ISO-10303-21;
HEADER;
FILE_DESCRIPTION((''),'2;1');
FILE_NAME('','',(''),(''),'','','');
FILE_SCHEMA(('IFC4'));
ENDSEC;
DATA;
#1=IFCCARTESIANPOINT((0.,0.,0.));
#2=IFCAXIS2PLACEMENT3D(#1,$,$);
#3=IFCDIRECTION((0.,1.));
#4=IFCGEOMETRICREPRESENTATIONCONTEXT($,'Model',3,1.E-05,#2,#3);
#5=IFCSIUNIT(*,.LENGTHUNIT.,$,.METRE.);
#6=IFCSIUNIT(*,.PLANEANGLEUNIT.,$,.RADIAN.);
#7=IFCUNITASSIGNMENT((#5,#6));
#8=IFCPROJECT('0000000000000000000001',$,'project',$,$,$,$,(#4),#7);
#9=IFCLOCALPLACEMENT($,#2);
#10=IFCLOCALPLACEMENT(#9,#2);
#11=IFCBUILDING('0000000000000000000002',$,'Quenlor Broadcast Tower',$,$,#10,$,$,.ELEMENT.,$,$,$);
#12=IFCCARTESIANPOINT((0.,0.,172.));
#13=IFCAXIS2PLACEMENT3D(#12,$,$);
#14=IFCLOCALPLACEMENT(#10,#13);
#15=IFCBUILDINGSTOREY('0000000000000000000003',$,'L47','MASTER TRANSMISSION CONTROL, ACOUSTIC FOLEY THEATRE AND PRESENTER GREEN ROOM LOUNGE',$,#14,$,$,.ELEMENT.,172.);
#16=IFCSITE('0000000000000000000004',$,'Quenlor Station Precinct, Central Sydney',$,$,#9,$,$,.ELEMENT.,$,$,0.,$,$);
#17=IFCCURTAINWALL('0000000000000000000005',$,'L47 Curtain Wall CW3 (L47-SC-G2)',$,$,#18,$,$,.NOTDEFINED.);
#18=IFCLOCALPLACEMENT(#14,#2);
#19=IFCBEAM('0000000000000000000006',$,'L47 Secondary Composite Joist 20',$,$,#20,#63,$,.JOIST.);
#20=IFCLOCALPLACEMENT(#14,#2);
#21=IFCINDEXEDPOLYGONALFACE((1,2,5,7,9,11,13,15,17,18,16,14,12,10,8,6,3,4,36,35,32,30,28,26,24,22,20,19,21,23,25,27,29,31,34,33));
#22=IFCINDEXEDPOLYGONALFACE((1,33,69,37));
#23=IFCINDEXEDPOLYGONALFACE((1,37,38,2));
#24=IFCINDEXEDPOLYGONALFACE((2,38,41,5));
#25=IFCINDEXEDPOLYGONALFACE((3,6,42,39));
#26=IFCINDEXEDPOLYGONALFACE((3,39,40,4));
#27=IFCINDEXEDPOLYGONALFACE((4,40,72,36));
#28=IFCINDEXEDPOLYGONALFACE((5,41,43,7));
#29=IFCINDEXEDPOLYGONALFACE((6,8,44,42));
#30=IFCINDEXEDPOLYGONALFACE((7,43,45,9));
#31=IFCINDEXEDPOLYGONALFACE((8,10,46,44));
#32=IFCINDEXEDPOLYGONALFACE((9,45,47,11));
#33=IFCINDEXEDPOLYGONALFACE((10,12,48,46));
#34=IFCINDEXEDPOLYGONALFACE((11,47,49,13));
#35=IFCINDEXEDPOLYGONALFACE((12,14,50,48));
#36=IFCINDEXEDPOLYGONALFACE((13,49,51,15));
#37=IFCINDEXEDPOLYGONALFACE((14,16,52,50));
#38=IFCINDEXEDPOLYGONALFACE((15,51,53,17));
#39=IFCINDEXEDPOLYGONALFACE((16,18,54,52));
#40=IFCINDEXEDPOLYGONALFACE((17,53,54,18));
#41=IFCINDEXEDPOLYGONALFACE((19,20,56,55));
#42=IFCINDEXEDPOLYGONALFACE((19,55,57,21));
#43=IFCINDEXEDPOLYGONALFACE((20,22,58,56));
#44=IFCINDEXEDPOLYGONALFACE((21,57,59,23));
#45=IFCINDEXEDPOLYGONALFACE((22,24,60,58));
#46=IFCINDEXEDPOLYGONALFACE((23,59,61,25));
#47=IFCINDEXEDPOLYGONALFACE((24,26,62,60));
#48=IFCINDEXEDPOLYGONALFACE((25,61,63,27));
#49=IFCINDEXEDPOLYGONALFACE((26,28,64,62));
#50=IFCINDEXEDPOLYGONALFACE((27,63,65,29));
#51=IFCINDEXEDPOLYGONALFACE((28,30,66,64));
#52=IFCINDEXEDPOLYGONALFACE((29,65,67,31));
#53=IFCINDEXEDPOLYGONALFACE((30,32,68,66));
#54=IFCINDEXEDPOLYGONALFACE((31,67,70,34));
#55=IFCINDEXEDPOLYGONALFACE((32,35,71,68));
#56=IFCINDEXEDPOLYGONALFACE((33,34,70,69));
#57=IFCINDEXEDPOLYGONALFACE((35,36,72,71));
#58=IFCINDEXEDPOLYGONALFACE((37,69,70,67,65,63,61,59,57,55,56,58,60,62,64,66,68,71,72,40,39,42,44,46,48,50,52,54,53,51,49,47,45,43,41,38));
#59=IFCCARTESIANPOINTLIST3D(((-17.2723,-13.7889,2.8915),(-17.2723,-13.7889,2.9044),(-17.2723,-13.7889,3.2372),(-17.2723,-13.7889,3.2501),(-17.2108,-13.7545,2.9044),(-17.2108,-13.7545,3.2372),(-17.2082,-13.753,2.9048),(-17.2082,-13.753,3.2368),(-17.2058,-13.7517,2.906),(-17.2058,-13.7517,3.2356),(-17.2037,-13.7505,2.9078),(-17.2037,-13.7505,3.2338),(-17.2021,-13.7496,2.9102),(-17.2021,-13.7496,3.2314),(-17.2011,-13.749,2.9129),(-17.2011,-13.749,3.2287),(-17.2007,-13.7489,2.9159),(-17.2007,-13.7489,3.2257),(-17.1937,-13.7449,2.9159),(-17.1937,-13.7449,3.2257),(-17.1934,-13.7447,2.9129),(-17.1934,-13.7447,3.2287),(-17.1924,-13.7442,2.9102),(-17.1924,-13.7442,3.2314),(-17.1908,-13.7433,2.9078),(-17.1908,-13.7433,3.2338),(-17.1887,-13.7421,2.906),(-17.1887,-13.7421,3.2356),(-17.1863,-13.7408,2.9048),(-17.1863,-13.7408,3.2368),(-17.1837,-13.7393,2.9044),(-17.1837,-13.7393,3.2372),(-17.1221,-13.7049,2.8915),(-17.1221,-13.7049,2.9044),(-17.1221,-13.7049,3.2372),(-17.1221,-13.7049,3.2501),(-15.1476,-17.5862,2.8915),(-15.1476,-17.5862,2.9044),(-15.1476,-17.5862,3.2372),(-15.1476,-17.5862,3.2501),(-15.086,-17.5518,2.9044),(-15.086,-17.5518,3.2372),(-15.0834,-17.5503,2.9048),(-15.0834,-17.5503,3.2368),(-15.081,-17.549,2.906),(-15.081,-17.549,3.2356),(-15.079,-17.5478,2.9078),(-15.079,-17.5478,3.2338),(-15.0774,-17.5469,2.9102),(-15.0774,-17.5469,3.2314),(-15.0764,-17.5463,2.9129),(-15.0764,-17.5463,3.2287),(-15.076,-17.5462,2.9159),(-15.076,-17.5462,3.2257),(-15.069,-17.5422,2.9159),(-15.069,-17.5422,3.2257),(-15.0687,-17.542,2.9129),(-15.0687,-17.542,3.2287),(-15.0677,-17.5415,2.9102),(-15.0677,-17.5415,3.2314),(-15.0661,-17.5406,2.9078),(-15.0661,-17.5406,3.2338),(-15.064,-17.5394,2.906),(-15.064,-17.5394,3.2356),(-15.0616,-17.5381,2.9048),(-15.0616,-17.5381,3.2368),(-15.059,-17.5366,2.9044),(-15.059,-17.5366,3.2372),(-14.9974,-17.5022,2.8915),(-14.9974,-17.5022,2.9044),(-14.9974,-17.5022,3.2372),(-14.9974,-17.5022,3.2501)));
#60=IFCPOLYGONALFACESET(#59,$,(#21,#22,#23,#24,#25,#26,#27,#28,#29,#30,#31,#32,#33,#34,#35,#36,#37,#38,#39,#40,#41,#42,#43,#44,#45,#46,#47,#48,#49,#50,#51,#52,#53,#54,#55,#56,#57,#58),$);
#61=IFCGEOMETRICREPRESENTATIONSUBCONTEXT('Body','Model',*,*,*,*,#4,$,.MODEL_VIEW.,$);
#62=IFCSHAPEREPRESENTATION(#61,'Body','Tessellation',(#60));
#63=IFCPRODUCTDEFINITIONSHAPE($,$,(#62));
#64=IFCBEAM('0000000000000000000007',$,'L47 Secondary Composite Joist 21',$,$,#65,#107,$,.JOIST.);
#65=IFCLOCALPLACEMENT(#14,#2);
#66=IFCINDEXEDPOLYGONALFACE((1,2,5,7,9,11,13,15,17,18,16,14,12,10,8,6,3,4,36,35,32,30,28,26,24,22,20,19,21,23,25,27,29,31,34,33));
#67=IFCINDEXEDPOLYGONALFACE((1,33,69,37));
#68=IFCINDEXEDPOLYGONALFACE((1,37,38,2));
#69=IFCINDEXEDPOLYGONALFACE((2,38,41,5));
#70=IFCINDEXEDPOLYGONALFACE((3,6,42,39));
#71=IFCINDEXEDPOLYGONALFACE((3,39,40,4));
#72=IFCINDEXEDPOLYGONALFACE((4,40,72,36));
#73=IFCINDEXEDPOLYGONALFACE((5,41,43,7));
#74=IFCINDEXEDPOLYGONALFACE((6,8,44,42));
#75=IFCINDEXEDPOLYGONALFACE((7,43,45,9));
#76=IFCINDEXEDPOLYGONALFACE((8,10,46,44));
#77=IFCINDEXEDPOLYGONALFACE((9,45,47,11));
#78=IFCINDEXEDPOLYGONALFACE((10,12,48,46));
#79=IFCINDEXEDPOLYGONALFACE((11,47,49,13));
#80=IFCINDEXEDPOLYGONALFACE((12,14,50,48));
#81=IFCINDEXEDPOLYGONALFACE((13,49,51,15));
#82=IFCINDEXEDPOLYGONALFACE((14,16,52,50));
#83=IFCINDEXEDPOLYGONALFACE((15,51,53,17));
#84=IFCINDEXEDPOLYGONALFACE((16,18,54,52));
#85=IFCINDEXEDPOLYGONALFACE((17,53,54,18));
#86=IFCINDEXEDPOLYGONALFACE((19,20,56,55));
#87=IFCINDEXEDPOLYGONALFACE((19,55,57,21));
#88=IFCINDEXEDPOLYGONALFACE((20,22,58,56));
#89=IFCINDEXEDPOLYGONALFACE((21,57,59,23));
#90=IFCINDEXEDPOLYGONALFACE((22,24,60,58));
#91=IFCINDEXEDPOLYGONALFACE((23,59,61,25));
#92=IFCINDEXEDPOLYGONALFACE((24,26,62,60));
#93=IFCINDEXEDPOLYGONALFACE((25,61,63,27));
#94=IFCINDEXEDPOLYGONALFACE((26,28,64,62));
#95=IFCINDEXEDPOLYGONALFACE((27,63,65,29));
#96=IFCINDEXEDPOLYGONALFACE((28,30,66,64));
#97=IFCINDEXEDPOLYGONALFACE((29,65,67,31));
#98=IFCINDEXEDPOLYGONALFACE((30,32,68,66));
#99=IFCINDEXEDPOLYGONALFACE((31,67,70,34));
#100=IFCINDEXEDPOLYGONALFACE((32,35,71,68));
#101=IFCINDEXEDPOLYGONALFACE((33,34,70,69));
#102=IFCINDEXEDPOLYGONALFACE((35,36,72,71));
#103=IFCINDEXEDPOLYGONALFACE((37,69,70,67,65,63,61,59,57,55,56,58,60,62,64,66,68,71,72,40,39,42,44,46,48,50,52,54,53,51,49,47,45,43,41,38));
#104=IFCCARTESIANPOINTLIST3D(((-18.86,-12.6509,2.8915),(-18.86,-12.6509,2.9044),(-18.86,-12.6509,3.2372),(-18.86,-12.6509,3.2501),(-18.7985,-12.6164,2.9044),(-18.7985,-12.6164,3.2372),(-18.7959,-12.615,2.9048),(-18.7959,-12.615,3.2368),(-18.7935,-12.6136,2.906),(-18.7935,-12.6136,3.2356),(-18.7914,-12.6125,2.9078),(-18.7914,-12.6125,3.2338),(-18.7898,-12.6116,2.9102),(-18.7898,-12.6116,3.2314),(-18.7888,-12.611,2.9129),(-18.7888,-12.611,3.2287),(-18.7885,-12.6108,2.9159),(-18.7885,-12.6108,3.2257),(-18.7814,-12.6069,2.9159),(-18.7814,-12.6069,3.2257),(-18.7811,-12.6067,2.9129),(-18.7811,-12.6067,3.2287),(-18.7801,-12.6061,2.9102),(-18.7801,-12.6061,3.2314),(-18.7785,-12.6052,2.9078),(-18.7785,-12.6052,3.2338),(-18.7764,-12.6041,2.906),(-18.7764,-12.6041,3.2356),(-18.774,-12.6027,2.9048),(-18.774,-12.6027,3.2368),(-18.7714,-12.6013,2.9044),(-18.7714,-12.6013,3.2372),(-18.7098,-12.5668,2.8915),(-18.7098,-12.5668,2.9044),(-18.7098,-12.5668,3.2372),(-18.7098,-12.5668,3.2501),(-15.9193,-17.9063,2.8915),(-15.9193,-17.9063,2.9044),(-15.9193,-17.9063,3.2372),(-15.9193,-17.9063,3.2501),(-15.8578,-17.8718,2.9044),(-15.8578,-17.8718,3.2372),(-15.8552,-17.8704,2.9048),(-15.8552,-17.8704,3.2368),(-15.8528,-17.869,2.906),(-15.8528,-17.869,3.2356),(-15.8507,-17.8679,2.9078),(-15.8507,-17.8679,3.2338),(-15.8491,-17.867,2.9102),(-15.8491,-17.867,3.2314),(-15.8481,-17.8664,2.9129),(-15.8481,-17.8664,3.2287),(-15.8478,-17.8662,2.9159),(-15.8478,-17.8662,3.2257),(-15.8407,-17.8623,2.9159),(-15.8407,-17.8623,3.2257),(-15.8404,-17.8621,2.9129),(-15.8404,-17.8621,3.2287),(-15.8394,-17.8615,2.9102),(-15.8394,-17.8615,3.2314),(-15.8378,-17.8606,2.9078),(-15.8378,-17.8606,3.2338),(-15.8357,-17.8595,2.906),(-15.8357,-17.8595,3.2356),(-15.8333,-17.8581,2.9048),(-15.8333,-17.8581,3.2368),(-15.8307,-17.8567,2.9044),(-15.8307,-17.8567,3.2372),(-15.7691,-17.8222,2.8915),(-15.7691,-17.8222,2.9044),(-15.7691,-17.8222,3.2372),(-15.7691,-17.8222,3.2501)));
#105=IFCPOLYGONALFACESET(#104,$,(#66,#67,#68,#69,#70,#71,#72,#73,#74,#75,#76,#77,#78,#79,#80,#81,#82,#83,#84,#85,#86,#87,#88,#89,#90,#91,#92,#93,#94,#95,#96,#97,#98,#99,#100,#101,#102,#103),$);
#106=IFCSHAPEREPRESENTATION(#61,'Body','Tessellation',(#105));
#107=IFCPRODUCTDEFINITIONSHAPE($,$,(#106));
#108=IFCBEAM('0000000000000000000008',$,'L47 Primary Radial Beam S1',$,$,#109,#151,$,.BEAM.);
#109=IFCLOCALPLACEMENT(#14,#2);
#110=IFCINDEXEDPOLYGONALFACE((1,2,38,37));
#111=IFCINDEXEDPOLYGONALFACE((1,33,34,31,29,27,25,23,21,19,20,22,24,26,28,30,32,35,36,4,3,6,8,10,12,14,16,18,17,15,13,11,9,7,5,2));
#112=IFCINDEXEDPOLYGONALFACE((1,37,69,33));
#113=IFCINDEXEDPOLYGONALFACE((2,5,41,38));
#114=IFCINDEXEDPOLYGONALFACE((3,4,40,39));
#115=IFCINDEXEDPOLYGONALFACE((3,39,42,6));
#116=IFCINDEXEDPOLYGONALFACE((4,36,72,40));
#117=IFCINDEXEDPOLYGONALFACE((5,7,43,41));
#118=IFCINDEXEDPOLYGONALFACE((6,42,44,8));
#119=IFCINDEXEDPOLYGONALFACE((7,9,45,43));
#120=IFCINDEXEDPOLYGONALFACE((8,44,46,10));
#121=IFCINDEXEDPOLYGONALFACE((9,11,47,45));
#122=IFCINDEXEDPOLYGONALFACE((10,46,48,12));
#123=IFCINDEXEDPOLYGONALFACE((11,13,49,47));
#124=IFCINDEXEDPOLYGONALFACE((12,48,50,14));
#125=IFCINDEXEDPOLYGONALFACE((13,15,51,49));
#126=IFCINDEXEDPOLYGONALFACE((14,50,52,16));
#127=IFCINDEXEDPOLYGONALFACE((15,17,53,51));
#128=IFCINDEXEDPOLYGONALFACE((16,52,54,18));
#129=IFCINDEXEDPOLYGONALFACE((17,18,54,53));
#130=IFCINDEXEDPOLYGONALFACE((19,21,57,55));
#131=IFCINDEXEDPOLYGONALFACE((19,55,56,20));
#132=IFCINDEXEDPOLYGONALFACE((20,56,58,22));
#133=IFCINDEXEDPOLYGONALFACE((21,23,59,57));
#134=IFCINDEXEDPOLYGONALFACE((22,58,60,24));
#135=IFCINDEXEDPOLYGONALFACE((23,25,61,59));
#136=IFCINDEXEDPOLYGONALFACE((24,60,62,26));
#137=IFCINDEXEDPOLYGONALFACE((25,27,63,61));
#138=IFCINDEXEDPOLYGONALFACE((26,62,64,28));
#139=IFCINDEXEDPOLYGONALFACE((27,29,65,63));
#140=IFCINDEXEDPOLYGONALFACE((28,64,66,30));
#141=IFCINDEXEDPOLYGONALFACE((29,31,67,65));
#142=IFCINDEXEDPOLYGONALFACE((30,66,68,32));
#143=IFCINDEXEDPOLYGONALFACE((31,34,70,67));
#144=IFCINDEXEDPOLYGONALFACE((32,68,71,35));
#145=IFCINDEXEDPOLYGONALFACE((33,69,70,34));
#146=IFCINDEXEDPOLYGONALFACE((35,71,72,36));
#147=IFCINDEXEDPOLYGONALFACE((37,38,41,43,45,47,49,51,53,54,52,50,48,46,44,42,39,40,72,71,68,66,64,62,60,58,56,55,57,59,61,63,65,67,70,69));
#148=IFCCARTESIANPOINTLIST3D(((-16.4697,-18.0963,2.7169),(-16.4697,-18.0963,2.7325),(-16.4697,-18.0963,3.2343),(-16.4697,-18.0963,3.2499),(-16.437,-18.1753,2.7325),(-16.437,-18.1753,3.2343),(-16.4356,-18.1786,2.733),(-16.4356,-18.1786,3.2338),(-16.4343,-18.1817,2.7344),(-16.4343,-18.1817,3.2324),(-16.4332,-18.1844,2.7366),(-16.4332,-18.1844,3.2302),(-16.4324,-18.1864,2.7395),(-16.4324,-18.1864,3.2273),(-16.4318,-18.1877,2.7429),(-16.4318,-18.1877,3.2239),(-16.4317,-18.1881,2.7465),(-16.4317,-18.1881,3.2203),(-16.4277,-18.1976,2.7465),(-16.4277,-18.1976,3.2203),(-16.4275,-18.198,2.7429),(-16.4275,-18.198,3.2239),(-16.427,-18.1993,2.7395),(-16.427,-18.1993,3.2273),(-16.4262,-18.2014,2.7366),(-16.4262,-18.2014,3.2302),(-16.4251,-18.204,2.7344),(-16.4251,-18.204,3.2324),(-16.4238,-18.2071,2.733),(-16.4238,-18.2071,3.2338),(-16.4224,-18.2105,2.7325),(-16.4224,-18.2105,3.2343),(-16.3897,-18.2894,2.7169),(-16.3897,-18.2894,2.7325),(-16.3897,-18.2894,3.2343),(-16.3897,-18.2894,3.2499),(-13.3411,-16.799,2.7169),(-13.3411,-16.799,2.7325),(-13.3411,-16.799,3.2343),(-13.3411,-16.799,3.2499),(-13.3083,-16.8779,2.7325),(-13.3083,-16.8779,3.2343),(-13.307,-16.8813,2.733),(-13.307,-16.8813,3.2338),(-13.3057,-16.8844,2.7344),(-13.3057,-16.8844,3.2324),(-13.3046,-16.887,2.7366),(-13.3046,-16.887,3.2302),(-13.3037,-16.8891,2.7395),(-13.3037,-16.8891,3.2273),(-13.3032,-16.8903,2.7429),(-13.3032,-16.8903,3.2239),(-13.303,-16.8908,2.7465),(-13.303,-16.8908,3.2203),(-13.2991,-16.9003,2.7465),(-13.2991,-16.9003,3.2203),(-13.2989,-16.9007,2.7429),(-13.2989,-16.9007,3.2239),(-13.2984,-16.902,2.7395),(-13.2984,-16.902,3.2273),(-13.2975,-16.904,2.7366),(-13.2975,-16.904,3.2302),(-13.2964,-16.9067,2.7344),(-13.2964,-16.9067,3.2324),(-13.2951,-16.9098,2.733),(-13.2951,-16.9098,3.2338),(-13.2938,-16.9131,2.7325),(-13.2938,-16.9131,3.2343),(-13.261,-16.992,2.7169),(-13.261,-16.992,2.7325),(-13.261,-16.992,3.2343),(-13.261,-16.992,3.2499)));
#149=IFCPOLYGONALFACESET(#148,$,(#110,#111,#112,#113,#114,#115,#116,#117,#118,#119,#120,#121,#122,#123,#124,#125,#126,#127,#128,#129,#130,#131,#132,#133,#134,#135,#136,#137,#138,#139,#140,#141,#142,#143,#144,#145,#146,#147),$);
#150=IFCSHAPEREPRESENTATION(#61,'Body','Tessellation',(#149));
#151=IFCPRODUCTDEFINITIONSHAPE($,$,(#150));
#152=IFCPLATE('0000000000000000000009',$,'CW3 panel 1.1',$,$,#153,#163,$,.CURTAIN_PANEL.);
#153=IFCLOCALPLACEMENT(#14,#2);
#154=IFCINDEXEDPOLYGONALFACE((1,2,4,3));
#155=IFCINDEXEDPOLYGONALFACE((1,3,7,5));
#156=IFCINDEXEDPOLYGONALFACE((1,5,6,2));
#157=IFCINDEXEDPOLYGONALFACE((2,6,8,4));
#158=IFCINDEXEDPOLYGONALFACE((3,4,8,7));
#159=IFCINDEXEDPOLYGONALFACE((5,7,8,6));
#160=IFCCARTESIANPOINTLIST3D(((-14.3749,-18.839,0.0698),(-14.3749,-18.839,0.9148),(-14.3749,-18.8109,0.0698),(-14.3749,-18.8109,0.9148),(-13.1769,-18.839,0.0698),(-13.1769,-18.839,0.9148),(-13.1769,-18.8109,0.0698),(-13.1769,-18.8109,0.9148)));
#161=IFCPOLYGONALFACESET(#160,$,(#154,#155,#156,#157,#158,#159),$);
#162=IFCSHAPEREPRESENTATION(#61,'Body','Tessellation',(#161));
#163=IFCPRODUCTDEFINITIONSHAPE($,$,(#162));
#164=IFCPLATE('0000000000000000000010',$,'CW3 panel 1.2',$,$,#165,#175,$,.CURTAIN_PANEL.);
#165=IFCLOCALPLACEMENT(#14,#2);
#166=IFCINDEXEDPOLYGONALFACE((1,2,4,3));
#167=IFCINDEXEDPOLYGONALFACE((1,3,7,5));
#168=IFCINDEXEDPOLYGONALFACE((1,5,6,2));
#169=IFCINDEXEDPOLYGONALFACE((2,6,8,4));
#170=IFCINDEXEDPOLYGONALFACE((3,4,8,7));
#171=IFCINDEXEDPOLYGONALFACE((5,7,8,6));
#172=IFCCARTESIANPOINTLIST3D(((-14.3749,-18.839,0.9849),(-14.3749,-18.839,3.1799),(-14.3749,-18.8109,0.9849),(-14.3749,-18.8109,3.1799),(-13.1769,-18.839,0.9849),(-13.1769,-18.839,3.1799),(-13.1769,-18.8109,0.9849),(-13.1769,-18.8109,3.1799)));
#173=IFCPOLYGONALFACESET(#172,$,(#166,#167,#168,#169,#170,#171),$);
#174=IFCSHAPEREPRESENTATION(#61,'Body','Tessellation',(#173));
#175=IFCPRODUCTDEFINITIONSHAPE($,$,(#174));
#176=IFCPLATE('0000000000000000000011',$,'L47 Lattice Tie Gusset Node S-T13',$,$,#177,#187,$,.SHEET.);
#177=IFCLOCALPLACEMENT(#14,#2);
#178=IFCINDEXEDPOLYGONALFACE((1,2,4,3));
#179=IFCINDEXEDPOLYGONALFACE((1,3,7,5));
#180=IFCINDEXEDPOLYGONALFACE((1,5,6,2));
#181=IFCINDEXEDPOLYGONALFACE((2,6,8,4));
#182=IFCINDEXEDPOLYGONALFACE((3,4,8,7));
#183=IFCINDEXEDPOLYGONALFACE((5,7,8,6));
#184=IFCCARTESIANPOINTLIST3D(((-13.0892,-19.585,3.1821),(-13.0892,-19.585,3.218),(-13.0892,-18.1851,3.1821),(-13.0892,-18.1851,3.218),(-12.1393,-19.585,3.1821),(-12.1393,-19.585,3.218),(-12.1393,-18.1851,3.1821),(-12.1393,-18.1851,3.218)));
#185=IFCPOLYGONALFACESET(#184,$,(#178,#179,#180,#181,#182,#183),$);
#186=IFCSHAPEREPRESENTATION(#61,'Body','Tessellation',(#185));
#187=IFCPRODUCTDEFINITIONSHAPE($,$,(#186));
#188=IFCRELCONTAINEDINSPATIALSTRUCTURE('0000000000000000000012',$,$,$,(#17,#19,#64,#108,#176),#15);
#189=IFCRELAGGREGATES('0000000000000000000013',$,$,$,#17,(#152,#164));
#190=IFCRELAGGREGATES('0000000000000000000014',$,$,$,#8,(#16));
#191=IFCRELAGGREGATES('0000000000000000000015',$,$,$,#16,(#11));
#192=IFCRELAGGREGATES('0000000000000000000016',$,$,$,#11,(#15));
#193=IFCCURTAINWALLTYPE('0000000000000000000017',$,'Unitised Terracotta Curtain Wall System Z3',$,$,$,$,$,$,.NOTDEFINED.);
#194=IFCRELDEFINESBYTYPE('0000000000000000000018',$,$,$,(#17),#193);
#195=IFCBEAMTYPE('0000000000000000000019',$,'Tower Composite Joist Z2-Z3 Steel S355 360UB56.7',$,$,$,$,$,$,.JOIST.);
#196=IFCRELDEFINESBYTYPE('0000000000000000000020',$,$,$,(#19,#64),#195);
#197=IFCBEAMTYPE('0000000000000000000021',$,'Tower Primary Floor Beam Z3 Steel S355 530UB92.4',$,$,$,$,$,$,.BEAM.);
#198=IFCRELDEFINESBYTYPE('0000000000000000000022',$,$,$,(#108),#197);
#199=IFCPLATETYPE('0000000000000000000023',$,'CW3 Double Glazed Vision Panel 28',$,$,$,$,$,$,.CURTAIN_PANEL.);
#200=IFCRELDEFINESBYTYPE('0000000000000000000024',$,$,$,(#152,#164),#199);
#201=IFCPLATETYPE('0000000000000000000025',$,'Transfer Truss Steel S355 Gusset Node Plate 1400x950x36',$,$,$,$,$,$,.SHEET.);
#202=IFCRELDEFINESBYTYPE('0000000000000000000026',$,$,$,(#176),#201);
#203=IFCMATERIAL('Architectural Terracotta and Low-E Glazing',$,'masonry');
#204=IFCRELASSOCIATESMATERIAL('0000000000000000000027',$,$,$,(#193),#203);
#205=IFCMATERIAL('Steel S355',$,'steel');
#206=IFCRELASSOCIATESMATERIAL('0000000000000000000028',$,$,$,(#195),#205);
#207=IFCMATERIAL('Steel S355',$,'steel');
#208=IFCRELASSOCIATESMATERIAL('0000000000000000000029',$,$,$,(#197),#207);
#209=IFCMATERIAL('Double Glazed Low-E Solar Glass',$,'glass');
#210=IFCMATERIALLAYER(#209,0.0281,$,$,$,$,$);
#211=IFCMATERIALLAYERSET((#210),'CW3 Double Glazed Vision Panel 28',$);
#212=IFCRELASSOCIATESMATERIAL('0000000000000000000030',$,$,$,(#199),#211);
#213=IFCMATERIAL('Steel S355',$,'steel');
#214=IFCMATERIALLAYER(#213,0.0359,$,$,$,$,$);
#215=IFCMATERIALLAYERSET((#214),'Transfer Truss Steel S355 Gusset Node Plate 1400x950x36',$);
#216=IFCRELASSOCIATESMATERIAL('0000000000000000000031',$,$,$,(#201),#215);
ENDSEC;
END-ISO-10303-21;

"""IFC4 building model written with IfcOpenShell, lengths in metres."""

from ifc_helpers import new_model, si_unit, direction, frame, origin, origin_2d, place, context, subcontext, project, spatial, rectangle, i_section, extrude, material, layer, layer_set, material_profile, profile_set, type_object, element, aggregate, save


model = new_model("IFC4")

# Units and contexts
model_context = context("Model", 3, precision=1e-05, world=origin(), true_north=direction((0.0, 1.0)))
body_context = subcontext(model_context, "Body", "Model", "MODEL_VIEW")
ifc_project = project(units=[si_unit("LENGTHUNIT", "METRE"), si_unit("PLANEANGLEUNIT", "RADIAN")], contexts=[model_context])

# Site, building, storey
site_placement = place(None, origin())
site = spatial("IfcSite", under=ifc_project, at=site_placement, Name="Quenlor Station Precinct, Central Sydney", CompositionType="ELEMENT", RefElevation=0.0)
building_placement = place(site_placement, origin())
building = spatial("IfcBuilding", under=site, at=building_placement, Name="Quenlor Broadcast Tower", CompositionType="ELEMENT")
storey_placement = place(building_placement, frame((0.0, 0.0, 172.0)))
storey = spatial("IfcBuildingStorey", under=building, at=storey_placement, Name="L47", Description="MASTER TRANSMISSION CONTROL, ACOUSTIC FOLEY THEATRE AND PRESENTER GREEN ROOM LOUNGE", CompositionType="ELEMENT", Elevation=172.0)

# Curtain wall
ifc_material_1 = material(Name="Architectural Terracotta and Low-E Glazing", Category="masonry")
curtain_wall_type = type_object("IfcCurtainWallType", Name="Unitised Terracotta Curtain Wall System Z3", PredefinedType="NOTDEFINED", material=ifc_material_1)
curtain_wall_placement = place(storey_placement, origin())
curtain_wall = element("IfcCurtainWall", 1, at=curtain_wall_placement, inside=storey, type_object=curtain_wall_type, Name="L47 Curtain Wall CW3 (L47-SC-G2)", PredefinedType="NOTDEFINED")

# Beams
ifc_material_2 = material(Name="Steel S355", Category="steel")
ifc_material_profile_1 = material_profile(ifc_material_2, i_section(OverallWidth=0.1721, OverallDepth=0.3586, WebThickness=0.0081, FlangeThickness=0.0129, FilletRadius=0.0115, at=origin_2d()))
ifc_profile_set_1 = profile_set([ifc_material_profile_1], Name="Steel S355 360UB56.7")
beam_type_1 = type_object("IfcBeamType", Name="Tower Composite Joist Z2-Z3 Steel S355 360UB56.7", PredefinedType="JOIST", material=ifc_profile_set_1)
beam_1_placement = place(storey_placement, frame((-15.0725, -17.5442, 3.0708), z_axis=(-0.488294, 0.872679, 0.0), x_axis=(-0.872679, -0.488294, 0.0)))
element("IfcBeam", 2, at=beam_1_placement, inside=storey, type_object=beam_type_1, Name="L47 Secondary Composite Joist 20", PredefinedType="JOIST", context=body_context, shape_type="SweptSolid", body=[
    extrude(i_section(OverallWidth=0.1721, OverallDepth=0.3586, WebThickness=0.0081, FlangeThickness=0.0129, FilletRadius=0.0115, at=origin_2d()), origin(), (0.0, 0.0, 1.0), 4.3513),
])
beam_2_placement = place(storey_placement, frame((-15.8442, -17.8643, 3.0708), z_axis=(-0.488308, 0.872671, 0.0), x_axis=(-0.872671, -0.488308, 0.0)))
element("IfcBeam", 3, at=beam_2_placement, inside=storey, type_object=beam_type_1, Name="L47 Secondary Composite Joist 21", PredefinedType="JOIST", context=body_context, shape_type="SweptSolid", body=[
    extrude(i_section(OverallWidth=0.1721, OverallDepth=0.3586, WebThickness=0.0081, FlangeThickness=0.0129, FilletRadius=0.0115, at=origin_2d()), origin(), (0.0, 0.0, 1.0), 6.0222),
])
ifc_material_3 = material(Name="Steel S355", Category="steel")
ifc_material_profile_2 = material_profile(ifc_material_3, i_section(OverallWidth=0.209, OverallDepth=0.533, WebThickness=0.0103, FlangeThickness=0.0156, FilletRadius=0.0139, at=origin_2d()))
ifc_profile_set_2 = profile_set([ifc_material_profile_2], Name="Steel S355 530UB92.4")
beam_type_2 = type_object("IfcBeamType", Name="Tower Primary Floor Beam Z3 Steel S355 530UB92.4", PredefinedType="BEAM", material=ifc_profile_set_2)
beam_3_placement = place(storey_placement, frame((-16.4297, -18.1929, 2.9834), z_axis=(0.92373, 0.383044, 0.0), x_axis=(-0.383044, 0.92373, 0.0)))
element("IfcBeam", 4, at=beam_3_placement, inside=storey, type_object=beam_type_2, Name="L47 Primary Radial Beam S1", PredefinedType="BEAM", context=body_context, shape_type="SweptSolid", body=[
    extrude(i_section(OverallWidth=0.209, OverallDepth=0.533, WebThickness=0.0103, FlangeThickness=0.0156, FilletRadius=0.0139, at=origin_2d()), origin(), (0.0, 0.0, 1.0), 3.387),
])

# Plates
ifc_material_4 = material(Name="Double Glazed Low-E Solar Glass", Category="glass")
ifc_layer_1 = layer(ifc_material_4, 0.0281)
ifc_layer_set_1 = layer_set([ifc_layer_1], Name="CW3 Double Glazed Vision Panel 28")
plate_type_1 = type_object("IfcPlateType", Name="CW3 Double Glazed Vision Panel 28", PredefinedType="CURTAIN_PANEL", material=ifc_layer_set_1)
plate_1_placement = place(storey_placement, frame((-13.7759, -18.825, 0.0698), z_axis=(0.0, 0.0, 1.0), x_axis=(-1.0, 0.0, 0.0)))
plate_1 = element("IfcPlate", 5, at=plate_1_placement, type_object=plate_type_1, Name="CW3 panel 1.1", PredefinedType="CURTAIN_PANEL", context=body_context, shape_type="SweptSolid", body=[
    extrude(rectangle(XDim=1.198, YDim=0.0281, at=origin_2d()), origin(), (0.0, 0.0, 1.0), 0.845),
])
plate_2_placement = place(storey_placement, frame((-13.7759, -18.825, 0.9849), z_axis=(0.0, 0.0, 1.0), x_axis=(-1.0, 0.0, 0.0)))
plate_2 = element("IfcPlate", 6, at=plate_2_placement, type_object=plate_type_1, Name="CW3 panel 1.2", PredefinedType="CURTAIN_PANEL", context=body_context, shape_type="SweptSolid", body=[
    extrude(rectangle(XDim=1.198, YDim=0.0281, at=origin_2d()), origin(), (0.0, 0.0, 1.0), 2.1951),
])
aggregate(curtain_wall, [plate_1, plate_2])

# Plate
ifc_material_5 = material(Name="Steel S355", Category="steel")
ifc_layer_2 = layer(ifc_material_5, 0.0359)
ifc_layer_set_2 = layer_set([ifc_layer_2], Name="Transfer Truss Steel S355 Gusset Node Plate 1400x950x36")
plate_type_2 = type_object("IfcPlateType", Name="Transfer Truss Steel S355 Gusset Node Plate 1400x950x36", PredefinedType="SHEET", material=ifc_layer_set_2)
for number, where, z_axis, x_axis, name in (
    (7, (-12.6143, -18.885, 3.1821), (0.0, 0.0, 1.0), (0.0, -1.0, 0.0), "L47 Lattice Tie Gusset Node S-T13"),
):
    element("IfcPlate", number, at=place(storey_placement, frame(where, z_axis=z_axis, x_axis=x_axis)), inside=storey, type_object=plate_type_2, Name=name, PredefinedType="SHEET", context=body_context, shape_type="SweptSolid", body=[
        extrude(rectangle(XDim=1.3999, YDim=0.95, at=origin_2d()), origin(), (0.0, 0.0, 1.0), 0.0359),
    ])

save(model, "model.ifc")
